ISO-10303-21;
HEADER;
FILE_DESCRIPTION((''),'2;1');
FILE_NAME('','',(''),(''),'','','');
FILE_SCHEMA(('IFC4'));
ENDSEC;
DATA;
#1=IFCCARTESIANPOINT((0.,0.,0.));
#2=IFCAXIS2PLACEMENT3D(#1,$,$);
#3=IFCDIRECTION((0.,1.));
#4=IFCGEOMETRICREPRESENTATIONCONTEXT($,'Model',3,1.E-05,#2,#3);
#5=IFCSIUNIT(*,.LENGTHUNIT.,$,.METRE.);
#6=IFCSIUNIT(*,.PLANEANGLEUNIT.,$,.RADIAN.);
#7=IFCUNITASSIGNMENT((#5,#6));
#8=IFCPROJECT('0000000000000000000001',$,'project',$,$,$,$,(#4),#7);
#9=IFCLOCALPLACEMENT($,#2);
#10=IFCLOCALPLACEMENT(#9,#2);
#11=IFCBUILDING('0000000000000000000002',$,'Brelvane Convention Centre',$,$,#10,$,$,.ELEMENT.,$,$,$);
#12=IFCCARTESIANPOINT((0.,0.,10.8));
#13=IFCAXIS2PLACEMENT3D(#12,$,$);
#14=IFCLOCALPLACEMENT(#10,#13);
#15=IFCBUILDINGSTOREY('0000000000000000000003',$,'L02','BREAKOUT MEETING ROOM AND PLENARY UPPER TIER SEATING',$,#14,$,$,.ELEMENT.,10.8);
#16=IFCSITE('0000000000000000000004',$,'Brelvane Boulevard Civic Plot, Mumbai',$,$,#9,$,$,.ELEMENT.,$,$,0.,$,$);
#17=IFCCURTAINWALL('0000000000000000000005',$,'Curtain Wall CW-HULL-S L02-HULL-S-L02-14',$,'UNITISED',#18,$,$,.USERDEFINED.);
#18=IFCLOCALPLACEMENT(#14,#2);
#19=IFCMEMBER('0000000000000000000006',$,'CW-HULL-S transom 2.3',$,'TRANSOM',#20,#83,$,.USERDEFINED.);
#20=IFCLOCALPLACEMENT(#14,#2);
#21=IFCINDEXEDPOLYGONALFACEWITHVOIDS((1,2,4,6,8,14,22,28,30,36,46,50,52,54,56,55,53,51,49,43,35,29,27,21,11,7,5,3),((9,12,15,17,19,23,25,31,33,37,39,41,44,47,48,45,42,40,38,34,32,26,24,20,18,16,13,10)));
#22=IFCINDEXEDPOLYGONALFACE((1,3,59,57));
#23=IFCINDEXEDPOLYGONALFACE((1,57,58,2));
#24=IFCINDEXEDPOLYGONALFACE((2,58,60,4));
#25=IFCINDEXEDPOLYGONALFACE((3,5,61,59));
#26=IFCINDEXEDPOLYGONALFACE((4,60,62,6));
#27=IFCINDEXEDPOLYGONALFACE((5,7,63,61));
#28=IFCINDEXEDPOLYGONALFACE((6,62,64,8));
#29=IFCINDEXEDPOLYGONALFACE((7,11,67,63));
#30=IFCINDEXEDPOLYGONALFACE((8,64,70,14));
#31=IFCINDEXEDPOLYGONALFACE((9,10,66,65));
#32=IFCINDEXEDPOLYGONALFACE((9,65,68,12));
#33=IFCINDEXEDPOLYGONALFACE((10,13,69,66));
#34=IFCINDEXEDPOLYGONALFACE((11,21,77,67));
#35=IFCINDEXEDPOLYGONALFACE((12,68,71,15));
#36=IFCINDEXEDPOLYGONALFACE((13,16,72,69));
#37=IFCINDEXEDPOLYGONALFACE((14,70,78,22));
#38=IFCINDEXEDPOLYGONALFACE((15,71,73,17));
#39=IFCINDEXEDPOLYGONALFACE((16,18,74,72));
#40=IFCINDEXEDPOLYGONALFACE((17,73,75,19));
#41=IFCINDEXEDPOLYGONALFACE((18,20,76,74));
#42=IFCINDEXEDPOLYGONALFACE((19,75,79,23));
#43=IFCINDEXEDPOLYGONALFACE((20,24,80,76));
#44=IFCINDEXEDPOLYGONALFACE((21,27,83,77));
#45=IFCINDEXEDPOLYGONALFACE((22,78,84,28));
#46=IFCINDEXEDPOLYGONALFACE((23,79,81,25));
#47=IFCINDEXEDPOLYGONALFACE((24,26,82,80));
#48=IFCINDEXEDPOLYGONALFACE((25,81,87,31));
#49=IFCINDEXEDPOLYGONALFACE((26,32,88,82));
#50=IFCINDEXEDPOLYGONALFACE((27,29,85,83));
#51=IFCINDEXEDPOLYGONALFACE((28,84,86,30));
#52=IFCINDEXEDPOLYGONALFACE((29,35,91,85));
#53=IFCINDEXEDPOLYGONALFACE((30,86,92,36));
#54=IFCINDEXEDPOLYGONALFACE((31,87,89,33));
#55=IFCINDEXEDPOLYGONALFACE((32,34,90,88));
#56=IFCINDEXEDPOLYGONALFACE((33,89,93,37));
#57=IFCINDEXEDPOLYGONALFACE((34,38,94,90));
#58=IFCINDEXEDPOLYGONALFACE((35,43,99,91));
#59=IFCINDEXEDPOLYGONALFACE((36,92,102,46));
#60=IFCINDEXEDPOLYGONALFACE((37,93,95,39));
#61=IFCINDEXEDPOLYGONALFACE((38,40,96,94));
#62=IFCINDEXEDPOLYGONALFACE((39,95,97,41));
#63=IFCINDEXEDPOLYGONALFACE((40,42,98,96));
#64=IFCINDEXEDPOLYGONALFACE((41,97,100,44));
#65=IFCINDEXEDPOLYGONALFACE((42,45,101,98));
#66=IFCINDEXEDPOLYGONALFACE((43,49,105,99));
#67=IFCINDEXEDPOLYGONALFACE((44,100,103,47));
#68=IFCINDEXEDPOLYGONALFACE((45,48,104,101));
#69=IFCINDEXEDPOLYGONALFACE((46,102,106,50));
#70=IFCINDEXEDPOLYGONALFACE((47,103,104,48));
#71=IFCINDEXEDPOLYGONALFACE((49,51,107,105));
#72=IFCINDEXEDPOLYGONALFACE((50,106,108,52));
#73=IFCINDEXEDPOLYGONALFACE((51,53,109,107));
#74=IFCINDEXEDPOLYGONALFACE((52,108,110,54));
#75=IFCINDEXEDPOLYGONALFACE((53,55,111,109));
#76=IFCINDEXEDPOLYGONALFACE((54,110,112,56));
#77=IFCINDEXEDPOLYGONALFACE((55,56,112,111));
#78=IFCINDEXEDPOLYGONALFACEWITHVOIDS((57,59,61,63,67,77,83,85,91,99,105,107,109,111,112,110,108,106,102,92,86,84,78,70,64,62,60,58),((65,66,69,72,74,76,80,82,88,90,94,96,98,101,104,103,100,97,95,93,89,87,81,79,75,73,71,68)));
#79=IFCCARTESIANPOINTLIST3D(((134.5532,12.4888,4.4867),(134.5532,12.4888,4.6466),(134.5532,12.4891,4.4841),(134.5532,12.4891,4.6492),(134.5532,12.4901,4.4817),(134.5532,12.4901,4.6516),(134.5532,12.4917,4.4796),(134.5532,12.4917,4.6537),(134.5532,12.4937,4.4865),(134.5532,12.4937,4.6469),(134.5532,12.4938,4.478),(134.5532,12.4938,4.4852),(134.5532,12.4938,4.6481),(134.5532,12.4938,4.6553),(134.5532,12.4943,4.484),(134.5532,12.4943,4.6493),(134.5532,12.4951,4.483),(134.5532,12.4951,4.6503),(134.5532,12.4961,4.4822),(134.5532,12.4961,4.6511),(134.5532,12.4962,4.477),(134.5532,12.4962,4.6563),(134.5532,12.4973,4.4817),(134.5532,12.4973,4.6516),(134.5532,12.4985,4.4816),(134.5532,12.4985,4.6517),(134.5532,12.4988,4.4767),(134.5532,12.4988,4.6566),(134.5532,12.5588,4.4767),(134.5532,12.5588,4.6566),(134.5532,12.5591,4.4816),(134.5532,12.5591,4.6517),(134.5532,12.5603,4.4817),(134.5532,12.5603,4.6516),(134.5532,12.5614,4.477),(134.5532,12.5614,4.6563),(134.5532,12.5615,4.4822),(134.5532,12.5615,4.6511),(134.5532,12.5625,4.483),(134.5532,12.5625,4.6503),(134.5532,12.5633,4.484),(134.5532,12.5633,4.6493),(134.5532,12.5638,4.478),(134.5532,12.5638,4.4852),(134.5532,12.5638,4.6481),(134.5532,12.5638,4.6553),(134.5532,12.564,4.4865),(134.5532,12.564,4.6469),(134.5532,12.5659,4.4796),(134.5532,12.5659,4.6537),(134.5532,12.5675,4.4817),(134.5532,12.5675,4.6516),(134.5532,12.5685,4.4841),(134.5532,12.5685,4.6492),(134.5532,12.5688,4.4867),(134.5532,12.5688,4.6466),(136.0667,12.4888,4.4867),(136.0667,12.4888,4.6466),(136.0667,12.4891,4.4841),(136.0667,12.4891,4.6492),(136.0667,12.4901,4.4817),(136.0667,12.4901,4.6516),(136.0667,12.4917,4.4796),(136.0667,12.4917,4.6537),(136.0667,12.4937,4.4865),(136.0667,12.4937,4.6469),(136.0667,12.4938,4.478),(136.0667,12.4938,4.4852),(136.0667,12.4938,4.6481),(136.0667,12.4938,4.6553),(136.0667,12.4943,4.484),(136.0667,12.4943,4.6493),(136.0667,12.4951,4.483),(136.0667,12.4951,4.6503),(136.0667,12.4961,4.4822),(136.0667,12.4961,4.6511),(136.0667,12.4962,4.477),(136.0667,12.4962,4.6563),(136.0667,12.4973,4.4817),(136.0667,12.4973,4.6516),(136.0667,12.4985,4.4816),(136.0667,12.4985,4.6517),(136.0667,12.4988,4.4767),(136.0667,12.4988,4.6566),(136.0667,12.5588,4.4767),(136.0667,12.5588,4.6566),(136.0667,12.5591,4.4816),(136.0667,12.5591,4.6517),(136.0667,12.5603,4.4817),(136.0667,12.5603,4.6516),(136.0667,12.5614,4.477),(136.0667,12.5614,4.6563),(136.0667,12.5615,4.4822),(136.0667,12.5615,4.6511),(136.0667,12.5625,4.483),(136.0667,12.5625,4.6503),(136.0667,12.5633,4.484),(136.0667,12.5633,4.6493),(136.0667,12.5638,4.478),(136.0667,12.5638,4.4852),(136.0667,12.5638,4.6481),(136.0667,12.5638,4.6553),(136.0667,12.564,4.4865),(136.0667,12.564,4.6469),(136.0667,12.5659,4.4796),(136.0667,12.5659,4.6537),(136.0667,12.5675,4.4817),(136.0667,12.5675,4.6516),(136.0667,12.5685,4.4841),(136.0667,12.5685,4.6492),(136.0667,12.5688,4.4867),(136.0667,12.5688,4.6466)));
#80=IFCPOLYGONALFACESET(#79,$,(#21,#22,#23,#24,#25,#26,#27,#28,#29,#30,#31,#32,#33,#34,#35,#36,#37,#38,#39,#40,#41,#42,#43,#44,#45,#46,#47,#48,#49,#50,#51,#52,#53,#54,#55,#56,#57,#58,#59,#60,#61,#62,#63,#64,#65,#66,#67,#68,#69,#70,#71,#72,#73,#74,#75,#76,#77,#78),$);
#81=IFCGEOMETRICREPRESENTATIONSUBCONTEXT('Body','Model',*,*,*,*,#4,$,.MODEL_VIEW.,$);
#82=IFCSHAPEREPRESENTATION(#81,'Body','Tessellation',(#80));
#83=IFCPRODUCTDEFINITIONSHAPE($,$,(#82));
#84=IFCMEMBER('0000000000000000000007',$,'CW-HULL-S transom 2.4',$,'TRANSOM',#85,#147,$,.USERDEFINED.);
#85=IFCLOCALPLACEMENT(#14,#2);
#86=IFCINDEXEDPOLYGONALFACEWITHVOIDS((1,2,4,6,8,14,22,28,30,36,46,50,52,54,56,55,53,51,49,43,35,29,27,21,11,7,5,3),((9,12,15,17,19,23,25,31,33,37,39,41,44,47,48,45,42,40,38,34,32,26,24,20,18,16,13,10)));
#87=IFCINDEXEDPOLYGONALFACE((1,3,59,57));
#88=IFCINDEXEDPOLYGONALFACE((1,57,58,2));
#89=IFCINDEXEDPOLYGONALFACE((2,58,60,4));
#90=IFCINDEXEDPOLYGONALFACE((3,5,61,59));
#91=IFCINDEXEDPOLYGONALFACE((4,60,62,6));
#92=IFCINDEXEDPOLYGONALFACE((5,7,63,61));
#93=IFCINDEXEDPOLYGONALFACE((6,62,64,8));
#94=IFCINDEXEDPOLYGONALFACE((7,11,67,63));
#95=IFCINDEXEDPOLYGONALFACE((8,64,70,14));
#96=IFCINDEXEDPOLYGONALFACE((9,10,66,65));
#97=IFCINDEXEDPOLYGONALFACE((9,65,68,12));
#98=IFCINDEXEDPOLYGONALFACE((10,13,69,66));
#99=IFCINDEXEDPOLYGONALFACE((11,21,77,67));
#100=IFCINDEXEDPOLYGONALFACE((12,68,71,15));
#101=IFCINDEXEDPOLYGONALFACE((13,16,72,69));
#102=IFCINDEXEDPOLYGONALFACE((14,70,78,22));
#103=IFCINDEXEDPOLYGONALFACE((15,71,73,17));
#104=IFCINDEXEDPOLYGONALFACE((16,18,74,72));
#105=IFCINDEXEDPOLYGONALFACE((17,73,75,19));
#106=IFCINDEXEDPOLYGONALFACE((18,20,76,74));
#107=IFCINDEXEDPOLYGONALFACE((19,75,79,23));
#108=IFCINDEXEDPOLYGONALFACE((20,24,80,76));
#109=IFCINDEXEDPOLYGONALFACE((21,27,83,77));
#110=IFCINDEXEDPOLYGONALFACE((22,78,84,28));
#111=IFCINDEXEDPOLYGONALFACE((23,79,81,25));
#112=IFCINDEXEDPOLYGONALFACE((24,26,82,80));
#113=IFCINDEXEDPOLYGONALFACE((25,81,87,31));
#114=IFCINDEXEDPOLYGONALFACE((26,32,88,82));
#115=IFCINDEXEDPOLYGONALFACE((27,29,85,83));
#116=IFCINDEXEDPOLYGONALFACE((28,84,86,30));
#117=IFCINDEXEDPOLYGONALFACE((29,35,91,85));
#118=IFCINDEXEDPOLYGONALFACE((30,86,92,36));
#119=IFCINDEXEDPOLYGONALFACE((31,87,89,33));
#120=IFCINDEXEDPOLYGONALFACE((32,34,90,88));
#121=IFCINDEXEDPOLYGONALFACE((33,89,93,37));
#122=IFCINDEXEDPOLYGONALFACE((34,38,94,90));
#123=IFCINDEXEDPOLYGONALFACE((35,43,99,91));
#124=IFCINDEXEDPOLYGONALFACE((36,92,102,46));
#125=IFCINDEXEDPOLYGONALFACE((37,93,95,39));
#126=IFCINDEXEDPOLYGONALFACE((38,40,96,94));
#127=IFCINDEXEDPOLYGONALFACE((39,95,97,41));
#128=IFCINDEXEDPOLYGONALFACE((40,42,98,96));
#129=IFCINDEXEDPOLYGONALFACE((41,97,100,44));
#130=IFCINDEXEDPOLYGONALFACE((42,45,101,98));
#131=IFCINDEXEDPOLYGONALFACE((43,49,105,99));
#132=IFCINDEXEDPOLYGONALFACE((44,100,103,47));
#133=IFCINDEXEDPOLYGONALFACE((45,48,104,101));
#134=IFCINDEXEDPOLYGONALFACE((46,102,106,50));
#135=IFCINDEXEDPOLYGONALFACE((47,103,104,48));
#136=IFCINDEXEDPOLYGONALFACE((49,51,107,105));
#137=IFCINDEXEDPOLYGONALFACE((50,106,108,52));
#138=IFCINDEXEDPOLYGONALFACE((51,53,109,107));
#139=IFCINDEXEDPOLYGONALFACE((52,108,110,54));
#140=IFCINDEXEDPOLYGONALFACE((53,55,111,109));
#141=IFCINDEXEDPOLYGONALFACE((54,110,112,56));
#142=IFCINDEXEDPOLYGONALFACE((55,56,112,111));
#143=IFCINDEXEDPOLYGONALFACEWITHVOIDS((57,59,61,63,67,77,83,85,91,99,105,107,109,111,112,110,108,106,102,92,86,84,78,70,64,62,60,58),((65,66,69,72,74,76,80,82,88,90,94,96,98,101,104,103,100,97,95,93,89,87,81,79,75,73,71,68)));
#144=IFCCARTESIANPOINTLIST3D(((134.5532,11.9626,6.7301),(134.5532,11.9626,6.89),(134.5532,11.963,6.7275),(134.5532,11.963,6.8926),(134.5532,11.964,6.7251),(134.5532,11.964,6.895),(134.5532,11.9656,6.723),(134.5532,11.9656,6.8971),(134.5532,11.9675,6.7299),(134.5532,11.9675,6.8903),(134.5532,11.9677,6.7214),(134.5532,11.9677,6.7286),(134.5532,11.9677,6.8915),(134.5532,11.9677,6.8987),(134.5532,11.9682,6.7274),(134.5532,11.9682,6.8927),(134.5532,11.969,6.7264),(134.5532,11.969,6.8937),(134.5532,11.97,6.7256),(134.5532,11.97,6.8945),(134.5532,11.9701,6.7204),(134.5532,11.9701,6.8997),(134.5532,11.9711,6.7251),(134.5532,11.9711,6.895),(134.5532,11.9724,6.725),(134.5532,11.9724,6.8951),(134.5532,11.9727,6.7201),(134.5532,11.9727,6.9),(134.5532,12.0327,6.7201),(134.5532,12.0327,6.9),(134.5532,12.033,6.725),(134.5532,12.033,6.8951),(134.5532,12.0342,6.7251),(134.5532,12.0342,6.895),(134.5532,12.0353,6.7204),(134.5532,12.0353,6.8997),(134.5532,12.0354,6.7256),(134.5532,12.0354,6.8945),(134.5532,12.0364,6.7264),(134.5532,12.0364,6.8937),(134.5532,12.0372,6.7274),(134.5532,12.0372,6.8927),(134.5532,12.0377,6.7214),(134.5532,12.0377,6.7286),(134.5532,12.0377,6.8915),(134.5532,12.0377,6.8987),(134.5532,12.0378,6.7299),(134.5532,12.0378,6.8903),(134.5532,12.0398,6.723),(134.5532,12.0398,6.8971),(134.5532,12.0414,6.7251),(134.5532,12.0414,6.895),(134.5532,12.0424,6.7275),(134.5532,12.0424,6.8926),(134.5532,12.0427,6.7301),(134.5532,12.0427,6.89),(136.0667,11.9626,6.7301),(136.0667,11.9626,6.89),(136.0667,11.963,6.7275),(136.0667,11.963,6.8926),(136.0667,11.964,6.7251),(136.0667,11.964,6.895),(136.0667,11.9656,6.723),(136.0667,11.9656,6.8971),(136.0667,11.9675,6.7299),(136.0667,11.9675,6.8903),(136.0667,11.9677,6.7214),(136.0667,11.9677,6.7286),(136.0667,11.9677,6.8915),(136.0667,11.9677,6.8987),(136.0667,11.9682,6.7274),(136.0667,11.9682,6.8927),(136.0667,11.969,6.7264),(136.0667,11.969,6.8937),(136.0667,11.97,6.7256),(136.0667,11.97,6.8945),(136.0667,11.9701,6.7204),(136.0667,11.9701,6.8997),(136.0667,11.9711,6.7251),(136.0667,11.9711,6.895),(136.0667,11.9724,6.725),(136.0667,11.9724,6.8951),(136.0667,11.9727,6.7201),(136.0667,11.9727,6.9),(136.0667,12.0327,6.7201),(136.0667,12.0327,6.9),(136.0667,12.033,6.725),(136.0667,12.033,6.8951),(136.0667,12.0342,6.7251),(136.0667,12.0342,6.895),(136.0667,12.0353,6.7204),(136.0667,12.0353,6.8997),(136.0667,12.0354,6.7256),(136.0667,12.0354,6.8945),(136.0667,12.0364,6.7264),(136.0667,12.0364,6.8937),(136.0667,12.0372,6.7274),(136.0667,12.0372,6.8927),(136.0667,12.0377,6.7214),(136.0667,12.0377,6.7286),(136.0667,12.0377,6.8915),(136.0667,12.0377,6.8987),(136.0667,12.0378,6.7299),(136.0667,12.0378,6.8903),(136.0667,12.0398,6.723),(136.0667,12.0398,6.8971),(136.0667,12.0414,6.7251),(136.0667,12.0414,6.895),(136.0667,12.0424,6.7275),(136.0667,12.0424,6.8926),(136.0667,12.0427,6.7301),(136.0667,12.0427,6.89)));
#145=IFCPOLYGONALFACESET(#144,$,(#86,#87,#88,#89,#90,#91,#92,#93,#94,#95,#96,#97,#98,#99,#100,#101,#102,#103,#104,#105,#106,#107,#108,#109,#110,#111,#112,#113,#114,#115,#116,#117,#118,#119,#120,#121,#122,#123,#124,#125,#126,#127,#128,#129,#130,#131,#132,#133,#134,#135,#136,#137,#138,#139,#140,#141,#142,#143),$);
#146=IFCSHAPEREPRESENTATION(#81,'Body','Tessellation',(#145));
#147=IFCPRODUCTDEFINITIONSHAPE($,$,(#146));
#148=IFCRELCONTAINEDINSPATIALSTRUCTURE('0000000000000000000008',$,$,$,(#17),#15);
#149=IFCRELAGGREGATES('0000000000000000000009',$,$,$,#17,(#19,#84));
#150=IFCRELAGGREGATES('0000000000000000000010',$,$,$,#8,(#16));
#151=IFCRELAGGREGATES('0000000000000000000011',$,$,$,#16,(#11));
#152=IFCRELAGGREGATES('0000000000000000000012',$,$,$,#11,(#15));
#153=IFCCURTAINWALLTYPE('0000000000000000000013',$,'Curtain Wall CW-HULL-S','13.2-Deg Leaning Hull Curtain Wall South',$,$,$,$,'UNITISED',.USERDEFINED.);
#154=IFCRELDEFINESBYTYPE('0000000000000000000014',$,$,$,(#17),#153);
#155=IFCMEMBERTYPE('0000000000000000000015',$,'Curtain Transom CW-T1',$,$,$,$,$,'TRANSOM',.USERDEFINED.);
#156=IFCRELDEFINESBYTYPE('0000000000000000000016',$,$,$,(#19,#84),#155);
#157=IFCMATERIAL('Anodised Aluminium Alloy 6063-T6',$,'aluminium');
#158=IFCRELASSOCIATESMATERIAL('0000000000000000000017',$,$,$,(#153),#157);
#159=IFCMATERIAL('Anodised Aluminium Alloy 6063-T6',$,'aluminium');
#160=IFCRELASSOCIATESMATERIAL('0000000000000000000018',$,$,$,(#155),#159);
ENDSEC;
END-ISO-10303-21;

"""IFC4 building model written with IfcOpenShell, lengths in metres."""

from ifc_helpers import new_model, si_unit, direction, frame, origin, origin_2d, place, context, subcontext, project, spatial, hollow_rectangle, extrude, material, material_profile, profile_set, type_object, element, aggregate, save


model = new_model("IFC4")

# Units and contexts
model_context = context("Model", 3, precision=1e-05, world=origin(), true_north=direction((0.0, 1.0)))
body_context = subcontext(model_context, "Body", "Model", "MODEL_VIEW")
ifc_project = project(units=[si_unit("LENGTHUNIT", "METRE"), si_unit("PLANEANGLEUNIT", "RADIAN")], contexts=[model_context])

# Site, building, storey
site_placement = place(None, origin())
site = spatial("IfcSite", under=ifc_project, at=site_placement, Name="Brelvane Boulevard Civic Plot, Mumbai", CompositionType="ELEMENT", RefElevation=0.0)
building_placement = place(site_placement, origin())
building = spatial("IfcBuilding", under=site, at=building_placement, Name="Brelvane Convention Centre", CompositionType="ELEMENT")
storey_placement = place(building_placement, frame((0.0, 0.0, 10.8)))
storey = spatial("IfcBuildingStorey", under=building, at=storey_placement, Name="L02", Description="BREAKOUT MEETING ROOM AND PLENARY UPPER TIER SEATING", CompositionType="ELEMENT", Elevation=10.8)

# Curtain wall, members
ifc_material_1 = material(Name="Anodised Aluminium Alloy 6063-T6", Category="aluminium")
curtain_wall_type = type_object("IfcCurtainWallType", Name="Curtain Wall CW-HULL-S", Description="13.2-Deg Leaning Hull Curtain Wall South", ElementType="UNITISED", PredefinedType="USERDEFINED", material=ifc_material_1)
ifc_material_2 = material(Name="Anodised Aluminium Alloy 6063-T6", Category="aluminium")
ifc_material_profile = material_profile(ifc_material_2, hollow_rectangle(XDim=0.0801, YDim=0.1799, WallThickness=0.0049, InnerFilletRadius=0.0049, OuterFilletRadius=0.01, at=origin_2d()), Name="ALU-T 180x80x5.0")
ifc_profile_set = profile_set([ifc_material_profile], Name="Anodised Aluminium Alloy 6063-T6")
member_type = type_object("IfcMemberType", Name="Curtain Transom CW-T1", ElementType="TRANSOM", PredefinedType="USERDEFINED", material=ifc_profile_set)
curtain_wall_1_placement = place(storey_placement, origin())
curtain_wall_1 = element("IfcCurtainWall", 1, at=curtain_wall_1_placement, inside=storey, type_object=curtain_wall_type, Name="Curtain Wall CW-HULL-S L02-HULL-S-L02-14", ObjectType="UNITISED", PredefinedType="USERDEFINED")
member_1_placement = place(storey_placement, frame((134.5532, 12.5288, 4.5667), z_axis=(1.0, 0.0, 0.0), x_axis=(0.0, 1.0, 0.0)))
member_1 = element("IfcMember", 2, at=member_1_placement, type_object=member_type, Name="CW-HULL-S transom 2.3", ObjectType="TRANSOM", PredefinedType="USERDEFINED", context=body_context, shape_type="SweptSolid", body=[
    extrude(hollow_rectangle(XDim=0.0801, YDim=0.1799, WallThickness=0.0049, InnerFilletRadius=0.0049, OuterFilletRadius=0.01, at=origin_2d()), origin(), (0.0, 0.0, 1.0), 1.5134),
])
member_2_placement = place(storey_placement, frame((134.5532, 12.0027, 6.8101), z_axis=(1.0, 0.0, 0.0), x_axis=(0.0, 1.0, 0.0)))
member_2 = element("IfcMember", 3, at=member_2_placement, type_object=member_type, Name="CW-HULL-S transom 2.4", ObjectType="TRANSOM", PredefinedType="USERDEFINED", context=body_context, shape_type="SweptSolid", body=[
    extrude(hollow_rectangle(XDim=0.0801, YDim=0.1799, WallThickness=0.0049, InnerFilletRadius=0.0049, OuterFilletRadius=0.01, at=origin_2d()), origin(), (0.0, 0.0, 1.0), 1.5134),
])

aggregate(curtain_wall_1, [member_1, member_2])

save(model, "model.ifc")
